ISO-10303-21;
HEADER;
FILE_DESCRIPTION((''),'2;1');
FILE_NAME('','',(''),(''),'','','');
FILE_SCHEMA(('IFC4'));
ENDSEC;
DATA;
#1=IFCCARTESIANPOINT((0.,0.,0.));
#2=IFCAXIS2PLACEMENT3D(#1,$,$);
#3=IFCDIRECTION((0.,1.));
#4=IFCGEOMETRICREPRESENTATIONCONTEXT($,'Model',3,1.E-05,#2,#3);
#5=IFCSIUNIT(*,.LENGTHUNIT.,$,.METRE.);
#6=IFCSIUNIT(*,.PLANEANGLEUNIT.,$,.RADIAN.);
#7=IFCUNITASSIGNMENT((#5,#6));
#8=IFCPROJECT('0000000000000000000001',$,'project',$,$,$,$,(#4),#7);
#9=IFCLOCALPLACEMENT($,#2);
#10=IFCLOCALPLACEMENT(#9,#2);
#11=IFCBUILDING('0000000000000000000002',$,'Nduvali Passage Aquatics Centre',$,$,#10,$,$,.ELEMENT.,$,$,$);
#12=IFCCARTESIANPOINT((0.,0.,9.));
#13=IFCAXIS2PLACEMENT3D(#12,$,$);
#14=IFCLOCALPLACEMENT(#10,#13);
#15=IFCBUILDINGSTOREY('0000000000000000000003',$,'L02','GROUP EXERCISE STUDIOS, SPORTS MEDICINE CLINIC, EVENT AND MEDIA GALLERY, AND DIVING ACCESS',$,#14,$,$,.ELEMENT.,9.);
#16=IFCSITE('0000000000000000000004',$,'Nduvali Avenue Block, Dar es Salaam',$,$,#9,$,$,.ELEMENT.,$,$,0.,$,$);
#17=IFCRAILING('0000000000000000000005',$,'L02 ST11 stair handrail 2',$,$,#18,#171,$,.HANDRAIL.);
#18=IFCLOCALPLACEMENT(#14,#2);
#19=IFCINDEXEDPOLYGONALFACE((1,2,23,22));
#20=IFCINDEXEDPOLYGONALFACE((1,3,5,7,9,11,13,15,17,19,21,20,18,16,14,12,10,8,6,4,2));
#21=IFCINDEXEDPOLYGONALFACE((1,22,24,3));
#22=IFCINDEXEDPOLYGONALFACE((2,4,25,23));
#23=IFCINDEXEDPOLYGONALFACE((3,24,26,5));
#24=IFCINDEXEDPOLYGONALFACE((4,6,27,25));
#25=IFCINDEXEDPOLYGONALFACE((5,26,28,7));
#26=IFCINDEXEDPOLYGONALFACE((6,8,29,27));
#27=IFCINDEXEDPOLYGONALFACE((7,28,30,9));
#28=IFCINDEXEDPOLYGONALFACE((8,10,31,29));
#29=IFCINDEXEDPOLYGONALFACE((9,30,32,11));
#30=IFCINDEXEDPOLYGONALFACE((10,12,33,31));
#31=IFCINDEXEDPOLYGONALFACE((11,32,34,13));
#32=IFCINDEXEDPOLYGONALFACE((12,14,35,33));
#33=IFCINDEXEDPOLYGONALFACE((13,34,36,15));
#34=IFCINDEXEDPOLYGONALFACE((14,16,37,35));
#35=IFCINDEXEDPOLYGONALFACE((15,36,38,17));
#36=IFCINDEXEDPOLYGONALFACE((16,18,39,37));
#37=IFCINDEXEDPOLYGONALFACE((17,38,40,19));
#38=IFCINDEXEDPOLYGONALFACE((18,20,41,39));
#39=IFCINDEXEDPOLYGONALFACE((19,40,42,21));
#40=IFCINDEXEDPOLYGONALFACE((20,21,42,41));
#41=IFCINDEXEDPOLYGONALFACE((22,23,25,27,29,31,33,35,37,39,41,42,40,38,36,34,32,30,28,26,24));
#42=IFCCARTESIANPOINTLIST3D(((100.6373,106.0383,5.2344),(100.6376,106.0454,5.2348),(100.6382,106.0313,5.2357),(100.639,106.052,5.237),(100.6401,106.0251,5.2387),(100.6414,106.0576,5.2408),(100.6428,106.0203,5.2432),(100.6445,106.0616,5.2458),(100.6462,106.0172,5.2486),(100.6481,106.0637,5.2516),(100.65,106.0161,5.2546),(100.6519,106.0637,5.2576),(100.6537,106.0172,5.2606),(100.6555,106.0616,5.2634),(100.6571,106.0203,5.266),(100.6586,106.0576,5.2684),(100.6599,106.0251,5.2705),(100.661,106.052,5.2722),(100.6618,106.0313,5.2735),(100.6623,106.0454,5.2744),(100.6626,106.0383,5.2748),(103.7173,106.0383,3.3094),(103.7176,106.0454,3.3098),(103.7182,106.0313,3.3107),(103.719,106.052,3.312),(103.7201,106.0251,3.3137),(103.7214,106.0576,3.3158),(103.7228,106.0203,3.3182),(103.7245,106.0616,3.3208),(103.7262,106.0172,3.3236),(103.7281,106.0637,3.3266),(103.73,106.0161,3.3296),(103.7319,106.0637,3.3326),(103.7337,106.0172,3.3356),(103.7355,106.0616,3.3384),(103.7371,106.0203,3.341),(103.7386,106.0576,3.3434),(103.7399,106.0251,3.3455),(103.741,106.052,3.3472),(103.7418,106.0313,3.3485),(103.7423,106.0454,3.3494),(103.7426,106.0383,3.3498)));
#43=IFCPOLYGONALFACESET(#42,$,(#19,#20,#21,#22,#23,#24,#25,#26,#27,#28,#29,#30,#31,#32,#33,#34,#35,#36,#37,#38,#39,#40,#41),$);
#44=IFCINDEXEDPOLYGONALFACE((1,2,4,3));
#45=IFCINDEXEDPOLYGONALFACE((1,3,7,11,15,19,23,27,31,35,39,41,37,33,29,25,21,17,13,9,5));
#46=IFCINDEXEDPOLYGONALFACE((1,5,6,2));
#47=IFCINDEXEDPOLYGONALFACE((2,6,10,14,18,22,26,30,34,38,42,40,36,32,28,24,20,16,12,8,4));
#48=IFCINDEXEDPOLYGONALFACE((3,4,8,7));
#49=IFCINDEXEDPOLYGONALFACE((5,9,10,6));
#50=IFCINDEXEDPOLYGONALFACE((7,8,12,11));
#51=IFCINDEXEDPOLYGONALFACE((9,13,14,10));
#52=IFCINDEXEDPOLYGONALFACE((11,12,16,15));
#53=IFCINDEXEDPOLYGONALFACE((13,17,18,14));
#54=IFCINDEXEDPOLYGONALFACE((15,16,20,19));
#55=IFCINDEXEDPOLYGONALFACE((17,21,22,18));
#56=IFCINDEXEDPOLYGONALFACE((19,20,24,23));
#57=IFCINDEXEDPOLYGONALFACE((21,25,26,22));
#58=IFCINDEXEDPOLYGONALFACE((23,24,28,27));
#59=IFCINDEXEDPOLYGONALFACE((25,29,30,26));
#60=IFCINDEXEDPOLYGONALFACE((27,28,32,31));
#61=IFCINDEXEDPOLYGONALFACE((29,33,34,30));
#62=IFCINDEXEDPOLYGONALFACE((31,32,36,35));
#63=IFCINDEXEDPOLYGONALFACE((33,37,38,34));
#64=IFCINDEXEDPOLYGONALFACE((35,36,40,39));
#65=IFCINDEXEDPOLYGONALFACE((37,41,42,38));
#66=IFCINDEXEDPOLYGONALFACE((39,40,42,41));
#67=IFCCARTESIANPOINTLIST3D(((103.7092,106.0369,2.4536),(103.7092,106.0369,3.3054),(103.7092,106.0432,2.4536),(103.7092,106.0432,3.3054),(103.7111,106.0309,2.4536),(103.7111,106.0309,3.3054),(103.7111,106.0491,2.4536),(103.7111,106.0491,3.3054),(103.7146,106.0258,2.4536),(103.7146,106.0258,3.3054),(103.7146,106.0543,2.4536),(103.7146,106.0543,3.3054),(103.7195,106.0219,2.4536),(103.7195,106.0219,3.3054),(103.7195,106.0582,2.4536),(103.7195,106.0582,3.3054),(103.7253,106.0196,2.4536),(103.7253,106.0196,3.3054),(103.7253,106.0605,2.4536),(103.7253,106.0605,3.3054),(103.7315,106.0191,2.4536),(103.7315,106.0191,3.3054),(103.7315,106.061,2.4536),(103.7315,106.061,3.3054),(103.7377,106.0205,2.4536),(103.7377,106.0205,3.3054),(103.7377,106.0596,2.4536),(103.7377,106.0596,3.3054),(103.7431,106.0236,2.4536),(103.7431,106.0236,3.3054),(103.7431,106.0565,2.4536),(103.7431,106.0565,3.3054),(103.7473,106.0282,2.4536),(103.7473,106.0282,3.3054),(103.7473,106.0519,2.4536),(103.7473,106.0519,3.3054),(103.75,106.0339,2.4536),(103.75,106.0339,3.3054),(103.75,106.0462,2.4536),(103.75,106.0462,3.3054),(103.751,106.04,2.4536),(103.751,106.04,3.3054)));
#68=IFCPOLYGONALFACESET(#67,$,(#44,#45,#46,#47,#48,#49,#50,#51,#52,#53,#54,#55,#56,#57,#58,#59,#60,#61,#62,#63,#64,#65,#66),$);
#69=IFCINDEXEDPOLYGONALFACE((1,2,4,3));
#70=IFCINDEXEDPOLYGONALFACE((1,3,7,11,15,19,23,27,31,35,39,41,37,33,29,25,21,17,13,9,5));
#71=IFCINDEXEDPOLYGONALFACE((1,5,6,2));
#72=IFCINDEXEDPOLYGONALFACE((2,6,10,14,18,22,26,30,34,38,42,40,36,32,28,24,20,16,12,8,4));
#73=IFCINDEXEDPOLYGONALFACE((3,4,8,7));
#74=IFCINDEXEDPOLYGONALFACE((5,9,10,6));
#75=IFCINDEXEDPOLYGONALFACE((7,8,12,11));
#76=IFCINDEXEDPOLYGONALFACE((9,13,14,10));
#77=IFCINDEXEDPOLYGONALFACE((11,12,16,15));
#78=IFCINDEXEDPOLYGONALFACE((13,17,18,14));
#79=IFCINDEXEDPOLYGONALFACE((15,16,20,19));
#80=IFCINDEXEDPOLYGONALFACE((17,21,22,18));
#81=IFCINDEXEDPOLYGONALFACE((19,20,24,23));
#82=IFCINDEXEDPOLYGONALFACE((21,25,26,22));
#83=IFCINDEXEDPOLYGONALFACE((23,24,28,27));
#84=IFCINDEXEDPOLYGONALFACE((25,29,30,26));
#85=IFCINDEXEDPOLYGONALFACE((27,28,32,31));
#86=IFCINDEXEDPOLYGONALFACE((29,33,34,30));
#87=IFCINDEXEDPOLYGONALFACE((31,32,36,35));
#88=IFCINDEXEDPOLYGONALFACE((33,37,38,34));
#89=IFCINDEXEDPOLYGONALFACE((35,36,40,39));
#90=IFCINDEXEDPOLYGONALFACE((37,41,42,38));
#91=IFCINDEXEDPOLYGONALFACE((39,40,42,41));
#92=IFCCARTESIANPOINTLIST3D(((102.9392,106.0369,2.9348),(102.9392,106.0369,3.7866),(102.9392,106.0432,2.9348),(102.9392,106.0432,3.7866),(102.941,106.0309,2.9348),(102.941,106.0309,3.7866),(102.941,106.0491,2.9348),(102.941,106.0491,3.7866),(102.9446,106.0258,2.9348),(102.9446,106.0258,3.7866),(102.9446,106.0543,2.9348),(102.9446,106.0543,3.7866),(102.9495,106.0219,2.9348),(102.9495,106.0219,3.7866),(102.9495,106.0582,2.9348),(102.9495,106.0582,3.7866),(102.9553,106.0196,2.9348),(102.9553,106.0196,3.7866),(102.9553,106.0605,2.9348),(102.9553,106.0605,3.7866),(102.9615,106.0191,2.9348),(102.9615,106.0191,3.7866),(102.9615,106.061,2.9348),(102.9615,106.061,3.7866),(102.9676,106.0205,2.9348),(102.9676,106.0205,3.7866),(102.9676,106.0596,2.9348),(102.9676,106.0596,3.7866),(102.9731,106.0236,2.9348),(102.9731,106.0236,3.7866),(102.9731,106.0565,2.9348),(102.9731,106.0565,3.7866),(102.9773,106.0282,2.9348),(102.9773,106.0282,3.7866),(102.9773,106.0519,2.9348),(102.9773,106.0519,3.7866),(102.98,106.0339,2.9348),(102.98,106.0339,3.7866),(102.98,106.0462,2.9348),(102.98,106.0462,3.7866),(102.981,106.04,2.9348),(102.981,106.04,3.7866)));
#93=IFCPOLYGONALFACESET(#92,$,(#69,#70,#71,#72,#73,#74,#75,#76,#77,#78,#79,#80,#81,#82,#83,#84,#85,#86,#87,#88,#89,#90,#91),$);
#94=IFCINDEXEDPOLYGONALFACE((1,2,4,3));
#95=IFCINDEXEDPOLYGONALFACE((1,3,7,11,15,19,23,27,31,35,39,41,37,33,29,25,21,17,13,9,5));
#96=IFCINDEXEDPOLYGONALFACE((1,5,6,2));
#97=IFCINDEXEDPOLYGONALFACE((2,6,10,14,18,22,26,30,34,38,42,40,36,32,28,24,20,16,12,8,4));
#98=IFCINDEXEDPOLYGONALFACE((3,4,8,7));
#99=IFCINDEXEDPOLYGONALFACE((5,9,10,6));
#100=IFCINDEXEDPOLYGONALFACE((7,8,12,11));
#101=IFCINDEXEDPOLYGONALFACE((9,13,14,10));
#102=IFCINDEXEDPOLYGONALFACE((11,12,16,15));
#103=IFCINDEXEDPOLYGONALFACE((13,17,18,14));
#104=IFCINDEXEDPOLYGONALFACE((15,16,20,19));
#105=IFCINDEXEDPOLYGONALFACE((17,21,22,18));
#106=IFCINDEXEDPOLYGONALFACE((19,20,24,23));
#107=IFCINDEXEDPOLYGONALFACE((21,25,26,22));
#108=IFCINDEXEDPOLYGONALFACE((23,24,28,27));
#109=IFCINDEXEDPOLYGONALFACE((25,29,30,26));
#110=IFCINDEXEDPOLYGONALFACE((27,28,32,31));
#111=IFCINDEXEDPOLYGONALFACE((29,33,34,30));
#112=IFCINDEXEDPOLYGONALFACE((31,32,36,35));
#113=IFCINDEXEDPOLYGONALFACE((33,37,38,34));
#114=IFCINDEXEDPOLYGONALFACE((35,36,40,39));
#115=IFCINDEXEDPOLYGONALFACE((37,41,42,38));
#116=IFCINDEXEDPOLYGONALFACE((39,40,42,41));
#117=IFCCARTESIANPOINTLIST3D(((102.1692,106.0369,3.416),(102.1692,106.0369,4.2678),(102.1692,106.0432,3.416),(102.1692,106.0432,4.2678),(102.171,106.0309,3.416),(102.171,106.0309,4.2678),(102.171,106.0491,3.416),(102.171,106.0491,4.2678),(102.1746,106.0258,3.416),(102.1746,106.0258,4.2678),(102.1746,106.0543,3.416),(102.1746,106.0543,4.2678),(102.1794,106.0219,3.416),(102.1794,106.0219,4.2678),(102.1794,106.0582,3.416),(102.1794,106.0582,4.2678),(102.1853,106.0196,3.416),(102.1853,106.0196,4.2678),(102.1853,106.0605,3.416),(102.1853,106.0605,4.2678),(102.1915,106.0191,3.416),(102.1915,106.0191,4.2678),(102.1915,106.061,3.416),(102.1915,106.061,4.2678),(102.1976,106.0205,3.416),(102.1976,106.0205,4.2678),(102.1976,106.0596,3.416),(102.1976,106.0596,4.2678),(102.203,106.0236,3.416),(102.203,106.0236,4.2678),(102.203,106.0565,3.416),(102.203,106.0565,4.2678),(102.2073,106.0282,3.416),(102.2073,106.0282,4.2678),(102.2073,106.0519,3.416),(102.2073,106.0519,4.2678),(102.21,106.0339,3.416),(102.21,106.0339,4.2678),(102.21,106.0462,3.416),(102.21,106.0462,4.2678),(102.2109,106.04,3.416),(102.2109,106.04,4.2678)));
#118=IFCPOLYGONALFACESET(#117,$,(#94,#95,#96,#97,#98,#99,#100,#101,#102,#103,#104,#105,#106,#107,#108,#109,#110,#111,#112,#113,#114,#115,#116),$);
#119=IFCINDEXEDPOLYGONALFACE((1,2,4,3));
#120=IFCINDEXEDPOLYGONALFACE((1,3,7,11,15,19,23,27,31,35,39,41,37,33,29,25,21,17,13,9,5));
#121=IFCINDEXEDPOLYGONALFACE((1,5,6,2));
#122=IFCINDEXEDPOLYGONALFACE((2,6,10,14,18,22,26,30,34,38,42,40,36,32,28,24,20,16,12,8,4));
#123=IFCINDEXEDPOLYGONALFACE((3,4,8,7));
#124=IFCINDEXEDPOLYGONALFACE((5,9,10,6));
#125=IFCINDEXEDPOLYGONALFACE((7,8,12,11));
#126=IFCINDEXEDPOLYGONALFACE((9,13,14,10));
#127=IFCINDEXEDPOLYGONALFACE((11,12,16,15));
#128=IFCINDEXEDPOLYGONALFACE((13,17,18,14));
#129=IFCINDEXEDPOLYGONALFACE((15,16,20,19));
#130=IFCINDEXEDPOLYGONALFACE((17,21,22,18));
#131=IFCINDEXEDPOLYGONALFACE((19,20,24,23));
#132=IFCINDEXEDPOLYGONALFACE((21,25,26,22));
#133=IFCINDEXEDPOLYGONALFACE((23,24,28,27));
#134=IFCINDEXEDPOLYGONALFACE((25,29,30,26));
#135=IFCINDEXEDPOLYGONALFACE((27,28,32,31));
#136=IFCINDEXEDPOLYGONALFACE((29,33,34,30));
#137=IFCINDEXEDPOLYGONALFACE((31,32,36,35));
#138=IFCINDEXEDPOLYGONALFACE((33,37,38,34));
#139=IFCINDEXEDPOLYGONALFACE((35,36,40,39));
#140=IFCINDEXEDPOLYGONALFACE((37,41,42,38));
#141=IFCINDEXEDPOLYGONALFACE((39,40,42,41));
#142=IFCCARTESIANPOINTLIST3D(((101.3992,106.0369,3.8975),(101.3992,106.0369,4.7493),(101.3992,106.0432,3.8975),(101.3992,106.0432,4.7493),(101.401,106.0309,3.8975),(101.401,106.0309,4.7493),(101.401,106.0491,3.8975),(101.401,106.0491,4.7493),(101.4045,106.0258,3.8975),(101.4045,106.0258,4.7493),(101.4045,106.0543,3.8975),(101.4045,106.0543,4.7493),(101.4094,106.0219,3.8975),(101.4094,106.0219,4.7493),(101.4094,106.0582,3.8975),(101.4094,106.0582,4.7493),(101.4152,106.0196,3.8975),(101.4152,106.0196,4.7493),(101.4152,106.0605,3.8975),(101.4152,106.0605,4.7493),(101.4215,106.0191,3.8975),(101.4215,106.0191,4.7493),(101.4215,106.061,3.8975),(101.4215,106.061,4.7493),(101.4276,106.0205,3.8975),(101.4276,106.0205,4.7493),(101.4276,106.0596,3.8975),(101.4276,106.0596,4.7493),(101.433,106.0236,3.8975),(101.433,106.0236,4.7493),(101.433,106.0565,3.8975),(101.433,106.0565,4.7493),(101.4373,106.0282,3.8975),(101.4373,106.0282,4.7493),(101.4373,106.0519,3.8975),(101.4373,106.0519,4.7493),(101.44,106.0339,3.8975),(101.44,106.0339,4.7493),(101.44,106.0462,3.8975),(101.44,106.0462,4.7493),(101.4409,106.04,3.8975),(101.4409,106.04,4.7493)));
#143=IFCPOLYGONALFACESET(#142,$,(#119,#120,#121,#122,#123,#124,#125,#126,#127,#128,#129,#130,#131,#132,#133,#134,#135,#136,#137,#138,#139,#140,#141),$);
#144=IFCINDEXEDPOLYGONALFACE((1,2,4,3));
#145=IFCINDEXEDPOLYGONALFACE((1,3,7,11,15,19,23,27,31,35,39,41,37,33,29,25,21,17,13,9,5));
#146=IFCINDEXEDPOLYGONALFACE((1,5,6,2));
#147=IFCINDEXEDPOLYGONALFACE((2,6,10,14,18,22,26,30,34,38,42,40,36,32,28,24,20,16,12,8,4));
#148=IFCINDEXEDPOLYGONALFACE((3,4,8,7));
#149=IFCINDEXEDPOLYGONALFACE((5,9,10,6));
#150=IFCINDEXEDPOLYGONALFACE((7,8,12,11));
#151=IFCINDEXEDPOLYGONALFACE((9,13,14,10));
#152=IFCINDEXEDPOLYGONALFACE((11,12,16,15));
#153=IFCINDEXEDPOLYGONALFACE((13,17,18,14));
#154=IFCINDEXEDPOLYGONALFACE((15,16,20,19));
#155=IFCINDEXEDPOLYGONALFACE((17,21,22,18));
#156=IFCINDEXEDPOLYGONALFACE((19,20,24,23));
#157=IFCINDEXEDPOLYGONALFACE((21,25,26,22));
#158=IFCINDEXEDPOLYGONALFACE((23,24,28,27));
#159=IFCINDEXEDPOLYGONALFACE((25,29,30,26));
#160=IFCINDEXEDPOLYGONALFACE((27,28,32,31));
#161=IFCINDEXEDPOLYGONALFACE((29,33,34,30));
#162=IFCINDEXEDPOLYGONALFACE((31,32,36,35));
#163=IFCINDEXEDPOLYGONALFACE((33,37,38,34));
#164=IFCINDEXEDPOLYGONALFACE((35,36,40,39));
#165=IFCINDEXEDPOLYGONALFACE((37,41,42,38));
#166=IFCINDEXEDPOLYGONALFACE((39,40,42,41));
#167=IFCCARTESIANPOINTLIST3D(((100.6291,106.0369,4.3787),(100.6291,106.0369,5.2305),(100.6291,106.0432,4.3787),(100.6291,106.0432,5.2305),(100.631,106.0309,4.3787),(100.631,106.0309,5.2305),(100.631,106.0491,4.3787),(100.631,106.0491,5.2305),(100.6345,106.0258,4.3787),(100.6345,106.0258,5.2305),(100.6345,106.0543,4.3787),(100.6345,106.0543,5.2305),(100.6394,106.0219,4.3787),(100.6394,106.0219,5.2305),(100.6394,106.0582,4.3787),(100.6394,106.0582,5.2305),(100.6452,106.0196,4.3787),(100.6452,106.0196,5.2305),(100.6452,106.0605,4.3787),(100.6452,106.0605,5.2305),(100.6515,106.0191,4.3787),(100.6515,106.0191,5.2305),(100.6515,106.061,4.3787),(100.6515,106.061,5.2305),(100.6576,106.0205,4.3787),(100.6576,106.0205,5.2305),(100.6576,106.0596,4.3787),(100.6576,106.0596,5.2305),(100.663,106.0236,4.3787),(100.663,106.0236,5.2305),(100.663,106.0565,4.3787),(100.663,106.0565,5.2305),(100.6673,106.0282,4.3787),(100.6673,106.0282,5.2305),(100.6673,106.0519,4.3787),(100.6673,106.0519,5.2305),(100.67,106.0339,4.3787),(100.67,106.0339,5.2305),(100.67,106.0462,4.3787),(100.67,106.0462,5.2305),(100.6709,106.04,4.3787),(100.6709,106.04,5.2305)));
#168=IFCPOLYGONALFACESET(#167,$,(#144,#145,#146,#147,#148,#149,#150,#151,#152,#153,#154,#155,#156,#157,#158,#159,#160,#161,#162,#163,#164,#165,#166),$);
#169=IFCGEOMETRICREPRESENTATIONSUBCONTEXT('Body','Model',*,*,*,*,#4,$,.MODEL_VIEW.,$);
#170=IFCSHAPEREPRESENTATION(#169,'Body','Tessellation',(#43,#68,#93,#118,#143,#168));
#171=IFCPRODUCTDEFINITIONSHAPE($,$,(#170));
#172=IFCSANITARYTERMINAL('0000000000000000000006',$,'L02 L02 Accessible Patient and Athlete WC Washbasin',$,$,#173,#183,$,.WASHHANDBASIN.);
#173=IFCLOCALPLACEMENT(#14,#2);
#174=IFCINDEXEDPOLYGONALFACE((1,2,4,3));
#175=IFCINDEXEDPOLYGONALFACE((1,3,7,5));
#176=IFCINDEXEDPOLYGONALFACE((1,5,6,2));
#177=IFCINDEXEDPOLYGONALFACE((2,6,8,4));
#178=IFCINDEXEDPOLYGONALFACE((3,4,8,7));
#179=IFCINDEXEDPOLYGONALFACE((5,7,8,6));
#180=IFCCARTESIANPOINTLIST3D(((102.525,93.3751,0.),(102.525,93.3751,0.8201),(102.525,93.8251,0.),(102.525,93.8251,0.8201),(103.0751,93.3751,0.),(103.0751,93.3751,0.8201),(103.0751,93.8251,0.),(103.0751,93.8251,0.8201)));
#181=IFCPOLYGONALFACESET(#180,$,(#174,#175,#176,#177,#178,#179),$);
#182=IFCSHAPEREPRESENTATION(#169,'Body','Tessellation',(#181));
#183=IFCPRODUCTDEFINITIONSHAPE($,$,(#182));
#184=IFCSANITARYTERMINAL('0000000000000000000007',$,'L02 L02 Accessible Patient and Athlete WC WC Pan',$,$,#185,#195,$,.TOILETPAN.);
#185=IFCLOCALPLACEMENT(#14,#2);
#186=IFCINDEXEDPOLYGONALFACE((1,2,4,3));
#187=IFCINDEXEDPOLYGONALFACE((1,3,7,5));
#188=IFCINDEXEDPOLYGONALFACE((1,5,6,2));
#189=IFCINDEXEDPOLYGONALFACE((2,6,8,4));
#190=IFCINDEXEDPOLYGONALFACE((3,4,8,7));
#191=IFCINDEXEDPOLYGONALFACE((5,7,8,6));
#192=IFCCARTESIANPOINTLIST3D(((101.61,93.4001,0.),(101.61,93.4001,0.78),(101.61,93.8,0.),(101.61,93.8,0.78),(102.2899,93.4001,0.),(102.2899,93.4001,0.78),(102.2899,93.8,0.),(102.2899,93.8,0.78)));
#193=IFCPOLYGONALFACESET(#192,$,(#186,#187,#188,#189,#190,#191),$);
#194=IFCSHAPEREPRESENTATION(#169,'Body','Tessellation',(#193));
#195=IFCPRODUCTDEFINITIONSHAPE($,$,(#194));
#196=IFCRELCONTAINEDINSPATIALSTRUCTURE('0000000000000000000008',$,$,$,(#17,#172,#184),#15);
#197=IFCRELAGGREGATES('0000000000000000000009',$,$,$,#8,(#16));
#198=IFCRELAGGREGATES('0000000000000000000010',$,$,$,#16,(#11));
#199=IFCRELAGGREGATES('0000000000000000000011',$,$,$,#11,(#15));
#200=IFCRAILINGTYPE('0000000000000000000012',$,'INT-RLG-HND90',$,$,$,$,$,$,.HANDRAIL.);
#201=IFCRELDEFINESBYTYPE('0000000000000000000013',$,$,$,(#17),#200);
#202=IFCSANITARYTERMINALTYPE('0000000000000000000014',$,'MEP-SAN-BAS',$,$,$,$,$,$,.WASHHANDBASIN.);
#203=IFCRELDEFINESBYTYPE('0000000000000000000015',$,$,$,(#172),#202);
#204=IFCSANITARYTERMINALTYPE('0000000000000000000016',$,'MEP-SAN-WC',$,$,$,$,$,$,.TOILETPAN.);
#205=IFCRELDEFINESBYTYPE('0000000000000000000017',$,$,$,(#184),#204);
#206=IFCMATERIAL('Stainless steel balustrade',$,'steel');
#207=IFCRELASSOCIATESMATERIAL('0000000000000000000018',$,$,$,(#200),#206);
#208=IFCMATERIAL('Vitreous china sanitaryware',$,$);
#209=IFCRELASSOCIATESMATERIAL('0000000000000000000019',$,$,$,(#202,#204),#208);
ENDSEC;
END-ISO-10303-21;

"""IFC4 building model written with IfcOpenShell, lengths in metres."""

from ifc_helpers import new_model, si_unit, direction, frame, origin, origin_2d, place, context, subcontext, project, spatial, rectangle, circle, extrude, material, type_object, element, save


model = new_model("IFC4")

# Units and contexts
model_context = context("Model", 3, precision=1e-05, world=origin(), true_north=direction((0.0, 1.0)))
body_context = subcontext(model_context, "Body", "Model", "MODEL_VIEW")
ifc_project = project(units=[si_unit("LENGTHUNIT", "METRE"), si_unit("PLANEANGLEUNIT", "RADIAN")], contexts=[model_context])

# Site, building, storey
site_placement = place(None, origin())
site = spatial("IfcSite", under=ifc_project, at=site_placement, Name="Nduvali Avenue Block, Dar es Salaam", CompositionType="ELEMENT", RefElevation=0.0)
building_placement = place(site_placement, origin())
building = spatial("IfcBuilding", under=site, at=building_placement, Name="Nduvali Passage Aquatics Centre", CompositionType="ELEMENT")
storey_placement = place(building_placement, frame((0.0, 0.0, 9.0)))
storey = spatial("IfcBuildingStorey", under=building, at=storey_placement, Name="L02", Description="GROUP EXERCISE STUDIOS, SPORTS MEDICINE CLINIC, EVENT AND MEDIA GALLERY, AND DIVING ACCESS", CompositionType="ELEMENT", Elevation=9.0)

# Railing
ifc_material_1 = material(Name="Stainless steel balustrade", Category="steel")
railing_type_1 = type_object("IfcRailingType", Name="INT-RLG-HND90", PredefinedType="HANDRAIL", material=ifc_material_1)
railing_1_placement = place(storey_placement, frame((103.73, 106.04, 2.4536)))
element("IfcRailing", 1, at=railing_1_placement, inside=storey, type_object=railing_type_1, Name="L02 ST11 stair handrail 2", PredefinedType="HANDRAIL", context=body_context, shape_type="SweptSolid", body=[
    extrude(circle(Radius=0.0239, at=origin_2d()), frame((0.0, 0.0, 0.876), z_axis=(-0.847998, 0.0, 0.529999), x_axis=(0.0, -1.0, 0.0)), (0.0, 0.0, 1.0), 3.6321),
    extrude(circle(Radius=0.021, at=origin_2d()), origin(), (0.0, 0.0, 1.0), 0.8518),
    extrude(circle(Radius=0.021, at=origin_2d()), frame((-0.77, 0.0, 0.4812)), (0.0, 0.0, 1.0), 0.8518),
    extrude(circle(Radius=0.021, at=origin_2d()), frame((-1.54, 0.0, 0.9624)), (0.0, 0.0, 1.0), 0.8518),
    extrude(circle(Radius=0.021, at=origin_2d()), frame((-2.3101, 0.0, 1.4438)), (0.0, 0.0, 1.0), 0.8518),
    extrude(circle(Radius=0.021, at=origin_2d()), frame((-3.0801, 0.0, 1.925)), (0.0, 0.0, 1.0), 0.8518),
])

# Sanitary terminals
ifc_material_2 = material(Name="Vitreous china sanitaryware")
sanitary_terminal_type_1 = type_object("IfcSanitaryTerminalType", Name="MEP-SAN-BAS", PredefinedType="WASHHANDBASIN", material=ifc_material_2)
sanitary_terminal_1_placement = place(storey_placement, frame((102.8, 93.6001, 0.0), z_axis=(0.0, 0.0, 1.0), x_axis=(1.0, 0.0, 0.0)))
element("IfcSanitaryTerminal", 2, at=sanitary_terminal_1_placement, inside=storey, type_object=sanitary_terminal_type_1, Name="L02 L02 Accessible Patient and Athlete WC Washbasin", PredefinedType="WASHHANDBASIN", context=body_context, shape_type="SweptSolid", body=[
    extrude(rectangle(XDim=0.55, YDim=0.45, at=origin_2d()), origin(), (0.0, 0.0, 1.0), 0.8201),
])
sanitary_terminal_type_2 = type_object("IfcSanitaryTerminalType", Name="MEP-SAN-WC", PredefinedType="TOILETPAN", material=ifc_material_2)
sanitary_terminal_2_placement = place(storey_placement, frame((101.95, 93.6001, 0.0), z_axis=(0.0, 0.0, 1.0), x_axis=(1.0, 0.0, 0.0)))
element("IfcSanitaryTerminal", 3, at=sanitary_terminal_2_placement, inside=storey, type_object=sanitary_terminal_type_2, Name="L02 L02 Accessible Patient and Athlete WC WC Pan", PredefinedType="TOILETPAN", context=body_context, shape_type="SweptSolid", body=[
    extrude(rectangle(XDim=0.6799, YDim=0.3999, at=origin_2d()), origin(), (0.0, 0.0, 1.0), 0.78),
])

save(model, "model.ifc")
